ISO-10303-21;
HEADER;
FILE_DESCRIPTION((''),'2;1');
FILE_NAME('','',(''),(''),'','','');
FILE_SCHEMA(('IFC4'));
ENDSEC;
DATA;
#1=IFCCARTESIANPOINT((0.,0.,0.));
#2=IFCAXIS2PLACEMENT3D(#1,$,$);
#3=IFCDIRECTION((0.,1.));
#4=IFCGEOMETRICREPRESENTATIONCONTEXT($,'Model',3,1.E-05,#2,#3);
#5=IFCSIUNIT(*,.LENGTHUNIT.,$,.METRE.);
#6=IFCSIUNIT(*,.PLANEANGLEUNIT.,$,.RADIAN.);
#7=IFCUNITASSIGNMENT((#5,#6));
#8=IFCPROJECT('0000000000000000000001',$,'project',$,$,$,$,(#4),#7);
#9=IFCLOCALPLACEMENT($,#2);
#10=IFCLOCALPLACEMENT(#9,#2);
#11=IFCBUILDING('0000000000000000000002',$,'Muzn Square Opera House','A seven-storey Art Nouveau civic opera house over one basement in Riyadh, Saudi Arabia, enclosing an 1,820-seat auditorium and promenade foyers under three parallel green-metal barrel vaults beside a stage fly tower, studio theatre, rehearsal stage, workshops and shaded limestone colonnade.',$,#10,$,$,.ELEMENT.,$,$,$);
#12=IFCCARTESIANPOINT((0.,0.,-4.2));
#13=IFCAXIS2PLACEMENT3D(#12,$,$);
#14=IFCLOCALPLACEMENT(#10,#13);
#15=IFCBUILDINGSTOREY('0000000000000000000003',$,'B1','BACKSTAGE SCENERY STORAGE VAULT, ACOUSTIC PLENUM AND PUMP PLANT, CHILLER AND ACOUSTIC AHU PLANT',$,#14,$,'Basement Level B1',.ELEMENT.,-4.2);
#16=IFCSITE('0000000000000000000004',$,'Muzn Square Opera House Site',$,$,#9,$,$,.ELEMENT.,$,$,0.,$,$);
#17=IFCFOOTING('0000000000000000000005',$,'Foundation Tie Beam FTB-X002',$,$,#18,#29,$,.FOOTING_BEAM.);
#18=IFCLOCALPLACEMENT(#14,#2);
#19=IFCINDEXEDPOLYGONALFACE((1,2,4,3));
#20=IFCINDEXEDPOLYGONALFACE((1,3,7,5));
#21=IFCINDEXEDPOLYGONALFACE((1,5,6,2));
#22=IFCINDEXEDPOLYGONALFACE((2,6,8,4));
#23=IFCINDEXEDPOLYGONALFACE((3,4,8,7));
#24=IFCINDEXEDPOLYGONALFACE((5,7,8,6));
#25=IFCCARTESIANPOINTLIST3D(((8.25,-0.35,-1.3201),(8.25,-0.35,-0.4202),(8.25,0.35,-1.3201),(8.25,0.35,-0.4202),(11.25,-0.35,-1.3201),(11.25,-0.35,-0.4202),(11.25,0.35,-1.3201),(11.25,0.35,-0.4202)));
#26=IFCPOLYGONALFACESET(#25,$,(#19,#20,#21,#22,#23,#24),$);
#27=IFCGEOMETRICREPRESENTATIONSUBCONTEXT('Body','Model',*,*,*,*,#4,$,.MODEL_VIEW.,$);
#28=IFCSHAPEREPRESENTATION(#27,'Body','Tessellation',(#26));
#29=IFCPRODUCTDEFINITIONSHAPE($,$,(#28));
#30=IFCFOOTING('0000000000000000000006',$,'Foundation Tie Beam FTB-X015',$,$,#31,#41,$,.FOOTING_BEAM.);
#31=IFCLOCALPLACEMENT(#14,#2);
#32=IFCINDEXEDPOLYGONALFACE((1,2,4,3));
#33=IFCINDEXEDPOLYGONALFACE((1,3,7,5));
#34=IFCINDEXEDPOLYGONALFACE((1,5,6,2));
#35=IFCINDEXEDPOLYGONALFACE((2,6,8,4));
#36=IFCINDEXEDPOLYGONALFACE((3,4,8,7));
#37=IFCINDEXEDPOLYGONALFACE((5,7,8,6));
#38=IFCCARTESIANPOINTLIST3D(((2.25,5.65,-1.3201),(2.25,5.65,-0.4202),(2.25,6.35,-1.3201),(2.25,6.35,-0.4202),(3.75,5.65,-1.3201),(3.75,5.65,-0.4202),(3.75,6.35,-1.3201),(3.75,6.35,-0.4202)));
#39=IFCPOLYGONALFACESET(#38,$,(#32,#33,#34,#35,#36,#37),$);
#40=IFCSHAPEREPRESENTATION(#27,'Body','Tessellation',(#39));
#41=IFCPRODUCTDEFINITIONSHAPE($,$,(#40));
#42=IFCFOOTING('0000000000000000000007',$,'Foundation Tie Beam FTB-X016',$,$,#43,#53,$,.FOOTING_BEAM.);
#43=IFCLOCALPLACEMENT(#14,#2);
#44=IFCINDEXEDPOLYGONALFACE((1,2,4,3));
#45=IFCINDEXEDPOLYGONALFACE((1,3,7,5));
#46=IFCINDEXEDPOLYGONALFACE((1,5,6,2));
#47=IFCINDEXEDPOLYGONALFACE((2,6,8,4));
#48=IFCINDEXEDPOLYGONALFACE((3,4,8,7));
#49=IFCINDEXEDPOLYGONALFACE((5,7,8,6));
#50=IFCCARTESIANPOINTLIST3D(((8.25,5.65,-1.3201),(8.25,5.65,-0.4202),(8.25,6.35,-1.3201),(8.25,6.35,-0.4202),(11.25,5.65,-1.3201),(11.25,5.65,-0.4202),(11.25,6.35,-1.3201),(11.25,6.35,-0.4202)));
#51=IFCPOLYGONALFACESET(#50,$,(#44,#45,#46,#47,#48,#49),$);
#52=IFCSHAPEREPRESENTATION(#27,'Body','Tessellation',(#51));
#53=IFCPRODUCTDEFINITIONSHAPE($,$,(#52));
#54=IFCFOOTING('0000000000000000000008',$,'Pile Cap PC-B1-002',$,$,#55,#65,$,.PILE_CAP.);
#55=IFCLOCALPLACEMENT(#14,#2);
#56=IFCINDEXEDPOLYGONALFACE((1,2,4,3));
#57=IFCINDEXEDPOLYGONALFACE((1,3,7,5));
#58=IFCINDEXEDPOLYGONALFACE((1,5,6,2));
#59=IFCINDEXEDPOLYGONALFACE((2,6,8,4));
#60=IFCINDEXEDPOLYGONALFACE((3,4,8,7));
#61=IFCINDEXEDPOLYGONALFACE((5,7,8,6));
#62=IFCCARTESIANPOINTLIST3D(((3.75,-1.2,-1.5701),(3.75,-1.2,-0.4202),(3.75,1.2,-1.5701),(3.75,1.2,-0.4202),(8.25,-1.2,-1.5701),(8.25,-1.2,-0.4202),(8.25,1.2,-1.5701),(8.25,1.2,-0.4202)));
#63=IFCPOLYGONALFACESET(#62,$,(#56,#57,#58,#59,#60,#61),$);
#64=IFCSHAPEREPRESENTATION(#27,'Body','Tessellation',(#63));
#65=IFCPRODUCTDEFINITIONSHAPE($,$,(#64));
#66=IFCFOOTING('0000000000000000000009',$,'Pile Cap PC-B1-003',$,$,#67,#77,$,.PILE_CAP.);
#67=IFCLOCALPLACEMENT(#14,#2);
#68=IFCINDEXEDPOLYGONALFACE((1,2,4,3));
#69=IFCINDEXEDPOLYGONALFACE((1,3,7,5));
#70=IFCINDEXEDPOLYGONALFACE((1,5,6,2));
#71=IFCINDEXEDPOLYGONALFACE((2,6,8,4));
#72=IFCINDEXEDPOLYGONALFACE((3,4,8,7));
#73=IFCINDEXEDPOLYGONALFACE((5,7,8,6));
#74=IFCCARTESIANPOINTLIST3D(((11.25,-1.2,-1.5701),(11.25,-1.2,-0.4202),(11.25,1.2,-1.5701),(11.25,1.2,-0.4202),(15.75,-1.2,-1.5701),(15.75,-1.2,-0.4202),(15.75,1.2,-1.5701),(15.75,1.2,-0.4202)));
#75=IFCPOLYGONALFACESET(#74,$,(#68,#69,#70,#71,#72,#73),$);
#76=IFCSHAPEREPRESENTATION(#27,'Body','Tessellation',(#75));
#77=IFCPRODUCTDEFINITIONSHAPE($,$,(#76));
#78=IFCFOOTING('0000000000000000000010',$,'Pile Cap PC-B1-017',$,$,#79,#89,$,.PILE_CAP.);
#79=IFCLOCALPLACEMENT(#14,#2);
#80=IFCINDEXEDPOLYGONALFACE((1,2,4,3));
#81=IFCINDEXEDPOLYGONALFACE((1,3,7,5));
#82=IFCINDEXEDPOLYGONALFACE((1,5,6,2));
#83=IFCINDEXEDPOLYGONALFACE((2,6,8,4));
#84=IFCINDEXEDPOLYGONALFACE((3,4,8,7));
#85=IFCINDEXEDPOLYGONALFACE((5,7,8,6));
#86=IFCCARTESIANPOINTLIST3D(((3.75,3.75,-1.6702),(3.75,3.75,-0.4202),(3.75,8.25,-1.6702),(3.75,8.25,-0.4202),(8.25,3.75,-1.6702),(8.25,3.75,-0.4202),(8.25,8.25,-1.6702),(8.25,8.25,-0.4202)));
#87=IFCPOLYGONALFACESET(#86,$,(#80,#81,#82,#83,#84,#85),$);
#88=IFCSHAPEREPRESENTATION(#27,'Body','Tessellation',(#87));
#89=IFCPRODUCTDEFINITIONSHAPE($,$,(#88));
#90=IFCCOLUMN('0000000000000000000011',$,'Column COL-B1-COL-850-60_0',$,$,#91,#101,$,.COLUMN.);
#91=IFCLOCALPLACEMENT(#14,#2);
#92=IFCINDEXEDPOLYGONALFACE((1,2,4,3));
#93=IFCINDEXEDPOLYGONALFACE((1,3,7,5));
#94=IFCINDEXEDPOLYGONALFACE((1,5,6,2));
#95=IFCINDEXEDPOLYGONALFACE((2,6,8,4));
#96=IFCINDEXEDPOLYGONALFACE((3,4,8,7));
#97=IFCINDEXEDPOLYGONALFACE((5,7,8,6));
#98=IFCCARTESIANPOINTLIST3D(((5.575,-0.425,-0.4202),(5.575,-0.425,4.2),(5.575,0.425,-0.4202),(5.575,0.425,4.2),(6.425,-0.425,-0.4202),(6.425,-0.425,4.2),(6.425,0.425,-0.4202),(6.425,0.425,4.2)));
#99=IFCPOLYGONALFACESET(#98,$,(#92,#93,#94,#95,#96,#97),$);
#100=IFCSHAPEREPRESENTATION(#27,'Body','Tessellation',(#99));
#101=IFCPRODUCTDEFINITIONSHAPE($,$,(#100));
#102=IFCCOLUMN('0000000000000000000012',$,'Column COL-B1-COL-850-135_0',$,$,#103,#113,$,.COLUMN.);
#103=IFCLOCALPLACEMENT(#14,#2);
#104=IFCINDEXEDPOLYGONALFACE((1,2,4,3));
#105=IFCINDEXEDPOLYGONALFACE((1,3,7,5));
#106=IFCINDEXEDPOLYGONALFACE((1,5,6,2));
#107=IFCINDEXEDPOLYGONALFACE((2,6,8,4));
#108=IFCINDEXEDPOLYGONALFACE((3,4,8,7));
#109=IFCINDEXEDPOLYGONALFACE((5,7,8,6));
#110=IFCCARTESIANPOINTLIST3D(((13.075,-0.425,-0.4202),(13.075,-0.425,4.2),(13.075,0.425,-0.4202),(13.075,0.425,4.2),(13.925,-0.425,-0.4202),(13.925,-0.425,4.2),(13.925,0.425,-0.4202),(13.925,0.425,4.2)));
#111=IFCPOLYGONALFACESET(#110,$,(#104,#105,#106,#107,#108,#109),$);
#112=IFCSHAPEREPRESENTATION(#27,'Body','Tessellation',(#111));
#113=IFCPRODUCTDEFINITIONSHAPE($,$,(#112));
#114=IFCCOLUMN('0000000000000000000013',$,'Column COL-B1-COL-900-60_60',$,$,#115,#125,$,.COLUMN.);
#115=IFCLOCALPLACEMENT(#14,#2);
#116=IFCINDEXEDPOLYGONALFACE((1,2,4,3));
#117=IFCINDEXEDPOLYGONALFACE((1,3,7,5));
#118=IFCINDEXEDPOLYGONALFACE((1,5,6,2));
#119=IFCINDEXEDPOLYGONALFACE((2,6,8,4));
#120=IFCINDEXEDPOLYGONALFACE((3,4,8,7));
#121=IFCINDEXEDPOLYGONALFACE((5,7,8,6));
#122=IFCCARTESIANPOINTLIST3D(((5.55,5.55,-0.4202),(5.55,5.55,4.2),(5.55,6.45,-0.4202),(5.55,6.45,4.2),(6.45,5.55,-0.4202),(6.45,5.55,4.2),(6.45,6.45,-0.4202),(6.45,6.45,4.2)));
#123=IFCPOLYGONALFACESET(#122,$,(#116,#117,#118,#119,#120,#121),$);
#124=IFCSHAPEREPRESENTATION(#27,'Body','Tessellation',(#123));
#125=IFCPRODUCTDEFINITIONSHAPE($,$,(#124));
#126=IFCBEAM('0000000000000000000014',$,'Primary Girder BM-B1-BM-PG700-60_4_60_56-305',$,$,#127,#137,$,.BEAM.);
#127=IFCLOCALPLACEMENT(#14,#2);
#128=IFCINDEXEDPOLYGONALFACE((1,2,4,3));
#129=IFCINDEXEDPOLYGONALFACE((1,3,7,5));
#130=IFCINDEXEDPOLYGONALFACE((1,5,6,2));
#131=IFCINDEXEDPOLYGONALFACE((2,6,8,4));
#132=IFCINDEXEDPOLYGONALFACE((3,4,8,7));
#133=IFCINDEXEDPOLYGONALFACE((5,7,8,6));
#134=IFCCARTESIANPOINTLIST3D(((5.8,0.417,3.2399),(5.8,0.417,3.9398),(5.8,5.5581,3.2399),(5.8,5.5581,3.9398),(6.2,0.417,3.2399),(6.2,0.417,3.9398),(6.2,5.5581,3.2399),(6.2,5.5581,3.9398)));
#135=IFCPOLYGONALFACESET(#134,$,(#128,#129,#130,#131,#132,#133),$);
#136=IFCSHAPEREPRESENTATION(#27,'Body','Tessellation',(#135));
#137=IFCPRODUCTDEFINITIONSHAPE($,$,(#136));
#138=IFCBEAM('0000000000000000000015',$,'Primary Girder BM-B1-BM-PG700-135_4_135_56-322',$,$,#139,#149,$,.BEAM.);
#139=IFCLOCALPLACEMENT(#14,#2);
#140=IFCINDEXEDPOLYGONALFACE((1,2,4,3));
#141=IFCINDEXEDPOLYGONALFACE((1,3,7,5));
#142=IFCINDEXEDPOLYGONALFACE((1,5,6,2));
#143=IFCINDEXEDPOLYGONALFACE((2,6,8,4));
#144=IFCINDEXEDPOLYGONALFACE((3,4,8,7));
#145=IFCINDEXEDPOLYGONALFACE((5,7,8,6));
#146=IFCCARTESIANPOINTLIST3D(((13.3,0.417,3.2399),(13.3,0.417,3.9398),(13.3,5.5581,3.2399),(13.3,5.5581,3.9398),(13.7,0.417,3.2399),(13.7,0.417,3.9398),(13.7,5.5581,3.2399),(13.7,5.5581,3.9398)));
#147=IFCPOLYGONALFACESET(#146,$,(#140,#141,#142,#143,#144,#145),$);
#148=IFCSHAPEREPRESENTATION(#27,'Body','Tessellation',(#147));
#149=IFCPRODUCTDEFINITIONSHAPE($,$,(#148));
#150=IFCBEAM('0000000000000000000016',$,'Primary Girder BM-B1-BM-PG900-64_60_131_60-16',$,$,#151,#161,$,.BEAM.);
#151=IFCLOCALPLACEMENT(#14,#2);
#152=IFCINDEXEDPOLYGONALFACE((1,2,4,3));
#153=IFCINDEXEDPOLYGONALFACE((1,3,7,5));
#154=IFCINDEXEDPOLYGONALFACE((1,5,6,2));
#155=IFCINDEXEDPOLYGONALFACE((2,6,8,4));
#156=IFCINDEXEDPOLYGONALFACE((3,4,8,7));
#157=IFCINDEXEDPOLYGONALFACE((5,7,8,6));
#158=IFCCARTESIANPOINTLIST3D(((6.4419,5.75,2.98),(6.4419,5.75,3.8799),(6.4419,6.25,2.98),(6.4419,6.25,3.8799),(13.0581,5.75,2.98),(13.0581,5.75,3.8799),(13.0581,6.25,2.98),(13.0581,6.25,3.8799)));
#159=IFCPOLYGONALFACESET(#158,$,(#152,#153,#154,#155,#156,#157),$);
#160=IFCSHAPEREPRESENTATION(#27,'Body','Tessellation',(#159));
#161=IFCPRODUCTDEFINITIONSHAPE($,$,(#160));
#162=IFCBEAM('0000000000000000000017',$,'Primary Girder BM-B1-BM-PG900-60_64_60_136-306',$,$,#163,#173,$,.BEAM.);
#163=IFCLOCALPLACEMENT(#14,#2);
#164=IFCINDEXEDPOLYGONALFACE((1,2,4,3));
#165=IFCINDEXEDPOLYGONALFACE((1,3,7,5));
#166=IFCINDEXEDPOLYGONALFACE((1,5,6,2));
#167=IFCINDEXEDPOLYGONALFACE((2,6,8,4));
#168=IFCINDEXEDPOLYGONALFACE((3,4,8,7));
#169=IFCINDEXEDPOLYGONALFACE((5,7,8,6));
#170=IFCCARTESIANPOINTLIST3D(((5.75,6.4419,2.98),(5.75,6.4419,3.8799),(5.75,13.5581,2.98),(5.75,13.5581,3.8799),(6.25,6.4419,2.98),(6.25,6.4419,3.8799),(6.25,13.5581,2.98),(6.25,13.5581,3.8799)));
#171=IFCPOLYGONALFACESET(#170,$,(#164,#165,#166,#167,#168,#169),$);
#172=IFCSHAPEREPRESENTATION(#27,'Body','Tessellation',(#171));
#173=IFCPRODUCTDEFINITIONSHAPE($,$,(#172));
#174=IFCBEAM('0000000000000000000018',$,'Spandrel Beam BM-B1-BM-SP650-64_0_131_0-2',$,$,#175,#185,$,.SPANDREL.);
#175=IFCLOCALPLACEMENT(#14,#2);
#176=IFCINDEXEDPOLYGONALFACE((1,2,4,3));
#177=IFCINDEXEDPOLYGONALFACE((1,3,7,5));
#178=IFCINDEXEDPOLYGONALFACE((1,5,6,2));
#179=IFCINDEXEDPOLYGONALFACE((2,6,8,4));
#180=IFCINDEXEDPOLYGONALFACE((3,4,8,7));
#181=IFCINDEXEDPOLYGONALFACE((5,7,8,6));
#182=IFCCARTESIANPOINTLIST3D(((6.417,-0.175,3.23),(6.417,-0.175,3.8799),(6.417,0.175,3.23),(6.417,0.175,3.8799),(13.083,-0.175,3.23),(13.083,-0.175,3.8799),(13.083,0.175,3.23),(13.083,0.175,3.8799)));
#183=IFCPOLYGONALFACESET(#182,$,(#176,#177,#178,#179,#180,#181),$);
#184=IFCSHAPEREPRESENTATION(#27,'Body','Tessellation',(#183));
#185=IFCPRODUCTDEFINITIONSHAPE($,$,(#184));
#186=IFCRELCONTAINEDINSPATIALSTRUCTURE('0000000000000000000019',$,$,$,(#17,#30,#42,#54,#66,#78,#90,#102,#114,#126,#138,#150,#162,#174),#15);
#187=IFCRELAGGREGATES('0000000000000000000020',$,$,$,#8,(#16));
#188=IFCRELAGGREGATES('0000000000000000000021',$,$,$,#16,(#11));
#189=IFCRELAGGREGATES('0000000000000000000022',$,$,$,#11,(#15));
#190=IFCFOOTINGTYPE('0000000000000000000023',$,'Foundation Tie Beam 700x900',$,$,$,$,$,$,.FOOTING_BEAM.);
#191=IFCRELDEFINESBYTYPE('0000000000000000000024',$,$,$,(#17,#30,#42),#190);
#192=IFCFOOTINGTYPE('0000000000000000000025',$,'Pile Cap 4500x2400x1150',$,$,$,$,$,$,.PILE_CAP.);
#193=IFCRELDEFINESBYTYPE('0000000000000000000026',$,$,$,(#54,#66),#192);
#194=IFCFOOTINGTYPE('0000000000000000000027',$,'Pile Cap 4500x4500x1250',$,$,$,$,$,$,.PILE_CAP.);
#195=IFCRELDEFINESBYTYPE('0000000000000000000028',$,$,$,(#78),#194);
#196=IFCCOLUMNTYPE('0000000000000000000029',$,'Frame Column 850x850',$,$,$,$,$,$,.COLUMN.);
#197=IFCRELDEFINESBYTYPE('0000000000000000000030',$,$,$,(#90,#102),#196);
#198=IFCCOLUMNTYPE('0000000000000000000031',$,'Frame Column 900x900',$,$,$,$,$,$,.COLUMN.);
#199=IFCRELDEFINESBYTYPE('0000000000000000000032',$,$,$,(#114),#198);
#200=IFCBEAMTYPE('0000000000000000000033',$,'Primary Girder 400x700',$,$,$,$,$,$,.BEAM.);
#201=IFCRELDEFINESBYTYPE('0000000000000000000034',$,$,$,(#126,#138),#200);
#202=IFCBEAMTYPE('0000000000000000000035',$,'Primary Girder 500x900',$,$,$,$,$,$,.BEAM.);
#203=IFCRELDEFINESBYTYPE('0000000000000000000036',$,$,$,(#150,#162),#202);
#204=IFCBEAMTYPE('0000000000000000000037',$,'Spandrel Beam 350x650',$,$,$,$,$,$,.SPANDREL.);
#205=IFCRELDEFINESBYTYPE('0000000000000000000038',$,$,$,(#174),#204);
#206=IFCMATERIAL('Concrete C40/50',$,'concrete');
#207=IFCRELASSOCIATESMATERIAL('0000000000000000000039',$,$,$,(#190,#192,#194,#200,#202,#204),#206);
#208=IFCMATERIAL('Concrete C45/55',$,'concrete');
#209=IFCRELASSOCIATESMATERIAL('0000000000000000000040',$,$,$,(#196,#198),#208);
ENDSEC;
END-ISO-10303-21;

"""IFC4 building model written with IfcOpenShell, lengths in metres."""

from ifc_helpers import new_model, si_unit, direction, frame, origin, origin_2d, place, context, subcontext, project, spatial, rectangle, extrude, material, material_profile, profile_set, type_object, element, save


model = new_model("IFC4")

# Units and contexts
model_context = context("Model", 3, precision=1e-05, world=origin(), true_north=direction((0.0, 1.0)))
body_context = subcontext(model_context, "Body", "Model", "MODEL_VIEW")
ifc_project = project(units=[si_unit("LENGTHUNIT", "METRE"), si_unit("PLANEANGLEUNIT", "RADIAN")], contexts=[model_context])

# Site, building, storey
site_placement = place(None, origin())
site = spatial("IfcSite", under=ifc_project, at=site_placement, Name="Muzn Square Opera House Site", CompositionType="ELEMENT", RefElevation=0.0)
building_placement = place(site_placement, origin())
building = spatial("IfcBuilding", under=site, at=building_placement, Name="Muzn Square Opera House", Description="A seven-storey Art Nouveau civic opera house over one basement in Riyadh, Saudi Arabia, enclosing an 1,820-seat auditorium and promenade foyers under three parallel green-metal barrel vaults beside a stage fly tower, studio theatre, rehearsal stage, workshops and shaded limestone colonnade.", CompositionType="ELEMENT")
storey_placement = place(building_placement, frame((0.0, 0.0, -4.2)))
storey = spatial("IfcBuildingStorey", under=building, at=storey_placement, Name="B1", Description="BACKSTAGE SCENERY STORAGE VAULT, ACOUSTIC PLENUM AND PUMP PLANT, CHILLER AND ACOUSTIC AHU PLANT", LongName="Basement Level B1", CompositionType="ELEMENT", Elevation=-4.2)

# Shared definitions
ifc_material_1 = material(Name="Concrete C40/50", Category="concrete")

# Footings
ifc_material_profile_1 = material_profile(ifc_material_1, rectangle(XDim=0.7, YDim=0.8999, at=origin_2d()), Name="RCTB 700x900", Category="concrete")
ifc_profile_set_1 = profile_set([ifc_material_profile_1], Name="Concrete C40/50")
footing_type_1 = type_object("IfcFootingType", Name="Foundation Tie Beam 700x900", PredefinedType="FOOTING_BEAM", material=ifc_profile_set_1)
footing_1_placement = place(storey_placement, frame((8.25, 0.0, -0.8701), z_axis=(1.0, 0.0, 0.0), x_axis=(0.0, 1.0, 0.0)))
element("IfcFooting", 1, at=footing_1_placement, inside=storey, type_object=footing_type_1, Name="Foundation Tie Beam FTB-X002", PredefinedType="FOOTING_BEAM", context=body_context, shape_type="SweptSolid", body=[
    extrude(rectangle(XDim=0.7, YDim=0.8999, at=origin_2d()), origin(), (0.0, 0.0, 1.0), 3.0),
])
footing_2_placement = place(storey_placement, frame((2.25, 6.0, -0.8701), z_axis=(1.0, 0.0, 0.0), x_axis=(0.0, 1.0, 0.0)))
element("IfcFooting", 2, at=footing_2_placement, inside=storey, type_object=footing_type_1, Name="Foundation Tie Beam FTB-X015", PredefinedType="FOOTING_BEAM", context=body_context, shape_type="SweptSolid", body=[
    extrude(rectangle(XDim=0.7, YDim=0.8999, at=origin_2d()), origin(), (0.0, 0.0, 1.0), 1.5),
])
footing_3_placement = place(storey_placement, frame((8.25, 6.0, -0.8701), z_axis=(1.0, 0.0, 0.0), x_axis=(0.0, 1.0, 0.0)))
element("IfcFooting", 3, at=footing_3_placement, inside=storey, type_object=footing_type_1, Name="Foundation Tie Beam FTB-X016", PredefinedType="FOOTING_BEAM", context=body_context, shape_type="SweptSolid", body=[
    extrude(rectangle(XDim=0.7, YDim=0.8999, at=origin_2d()), origin(), (0.0, 0.0, 1.0), 3.0),
])
footing_type_2 = type_object("IfcFootingType", Name="Pile Cap 4500x2400x1150", PredefinedType="PILE_CAP", material=ifc_material_1)
for number, where, z_axis, x_axis, name in (
    (4, (6.0, 0.0, -1.5701), (0.0, 0.0, 1.0), (1.0, 0.0, 0.0), "Pile Cap PC-B1-002"),
    (5, (13.5, 0.0, -1.5701), (0.0, 0.0, 1.0), (1.0, 0.0, 0.0), "Pile Cap PC-B1-003"),
):
    element("IfcFooting", number, at=place(storey_placement, frame(where, z_axis=z_axis, x_axis=x_axis)), inside=storey, type_object=footing_type_2, Name=name, PredefinedType="PILE_CAP", context=body_context, shape_type="SweptSolid", body=[
        extrude(rectangle(XDim=4.5, YDim=2.3999, at=origin_2d()), origin(), (0.0, 0.0, 1.0), 1.1499),
    ])
footing_type_3 = type_object("IfcFootingType", Name="Pile Cap 4500x4500x1250", PredefinedType="PILE_CAP", material=ifc_material_1)
footing_4_placement = place(storey_placement, frame((6.0, 6.0, -1.6702), z_axis=(0.0, 0.0, 1.0), x_axis=(1.0, 0.0, 0.0)))
element("IfcFooting", 6, at=footing_4_placement, inside=storey, type_object=footing_type_3, Name="Pile Cap PC-B1-017", PredefinedType="PILE_CAP", context=body_context, shape_type="SweptSolid", body=[
    extrude(rectangle(XDim=4.5, YDim=4.5, at=origin_2d()), origin(), (0.0, 0.0, 1.0), 1.25),
])

# Columns
ifc_material_2 = material(Name="Concrete C45/55", Category="concrete")
ifc_material_profile_2 = material_profile(ifc_material_2, rectangle(XDim=0.8501, YDim=0.8501, at=origin_2d()), Name="RC 850x850", Category="concrete")
ifc_profile_set_2 = profile_set([ifc_material_profile_2], Name="Concrete C45/55")
column_type_1 = type_object("IfcColumnType", Name="Frame Column 850x850", PredefinedType="COLUMN", material=ifc_profile_set_2)
for number, where, z_axis, x_axis, name in (
    (7, (6.0, 0.0, -0.4202), (0.0, 0.0, 1.0), (1.0, 0.0, 0.0), "Column COL-B1-COL-850-60_0"),
    (8, (13.5, 0.0, -0.4202), (0.0, 0.0, 1.0), (1.0, 0.0, 0.0), "Column COL-B1-COL-850-135_0"),
):
    element("IfcColumn", number, at=place(storey_placement, frame(where, z_axis=z_axis, x_axis=x_axis)), inside=storey, type_object=column_type_1, Name=name, PredefinedType="COLUMN", context=body_context, shape_type="SweptSolid", body=[
        extrude(rectangle(XDim=0.8501, YDim=0.8501, at=origin_2d()), origin(), (0.0, 0.0, 1.0), 4.6201),
    ])
ifc_material_profile_3 = material_profile(ifc_material_2, rectangle(XDim=0.8999, YDim=0.8999, at=origin_2d()), Name="RC 900x900", Category="concrete")
ifc_profile_set_3 = profile_set([ifc_material_profile_3], Name="Concrete C45/55")
column_type_2 = type_object("IfcColumnType", Name="Frame Column 900x900", PredefinedType="COLUMN", material=ifc_profile_set_3)
column_placement = place(storey_placement, frame((6.0, 6.0, -0.4202), z_axis=(0.0, 0.0, 1.0), x_axis=(1.0, 0.0, 0.0)))
element("IfcColumn", 9, at=column_placement, inside=storey, type_object=column_type_2, Name="Column COL-B1-COL-900-60_60", PredefinedType="COLUMN", context=body_context, shape_type="SweptSolid", body=[
    extrude(rectangle(XDim=0.8999, YDim=0.8999, at=origin_2d()), origin(), (0.0, 0.0, 1.0), 4.6201),
])

# Beams
ifc_material_profile_4 = material_profile(ifc_material_1, rectangle(XDim=0.3999, YDim=0.7, at=origin_2d()), Name="RCB 400x700", Category="concrete")
ifc_profile_set_4 = profile_set([ifc_material_profile_4], Name="Concrete C40/50")
beam_type_1 = type_object("IfcBeamType", Name="Primary Girder 400x700", PredefinedType="BEAM", material=ifc_profile_set_4)
for number, where, z_axis, x_axis, name in (
    (10, (6.0, 0.417, 3.5898), (0.0, 1.0, 0.0), (-1.0, 0.0, 0.0), "Primary Girder BM-B1-BM-PG700-60_4_60_56-305"),
    (11, (13.5, 0.417, 3.5898), (0.0, 1.0, 0.0), (-1.0, 0.0, 0.0), "Primary Girder BM-B1-BM-PG700-135_4_135_56-322"),
):
    element("IfcBeam", number, at=place(storey_placement, frame(where, z_axis=z_axis, x_axis=x_axis)), inside=storey, type_object=beam_type_1, Name=name, PredefinedType="BEAM", context=body_context, shape_type="SweptSolid", body=[
        extrude(rectangle(XDim=0.3999, YDim=0.7, at=origin_2d()), origin(), (0.0, 0.0, 1.0), 5.1411),
    ])
ifc_material_profile_5 = material_profile(ifc_material_1, rectangle(XDim=0.5, YDim=0.8999, at=origin_2d()), Name="RCB 500x900", Category="concrete")
ifc_profile_set_5 = profile_set([ifc_material_profile_5], Name="Concrete C40/50")
beam_type_2 = type_object("IfcBeamType", Name="Primary Girder 500x900", PredefinedType="BEAM", material=ifc_profile_set_5)
beam_1_placement = place(storey_placement, frame((6.4419, 6.0, 3.4299), z_axis=(1.0, 0.0, 0.0), x_axis=(0.0, 1.0, 0.0)))
element("IfcBeam", 12, at=beam_1_placement, inside=storey, type_object=beam_type_2, Name="Primary Girder BM-B1-BM-PG900-64_60_131_60-16", PredefinedType="BEAM", context=body_context, shape_type="SweptSolid", body=[
    extrude(rectangle(XDim=0.5, YDim=0.8999, at=origin_2d()), origin(), (0.0, 0.0, 1.0), 6.6162),
])
beam_2_placement = place(storey_placement, frame((6.0, 6.4419, 3.4299), z_axis=(0.0, 1.0, 0.0), x_axis=(-1.0, 0.0, 0.0)))
element("IfcBeam", 13, at=beam_2_placement, inside=storey, type_object=beam_type_2, Name="Primary Girder BM-B1-BM-PG900-60_64_60_136-306", PredefinedType="BEAM", context=body_context, shape_type="SweptSolid", body=[
    extrude(rectangle(XDim=0.5, YDim=0.8999, at=origin_2d()), origin(), (0.0, 0.0, 1.0), 7.1162),
])
ifc_material_profile_6 = material_profile(ifc_material_1, rectangle(XDim=0.3501, YDim=0.6499, at=origin_2d()), Name="RCS 350x650", Category="concrete")
ifc_profile_set_6 = profile_set([ifc_material_profile_6], Name="Concrete C40/50")
beam_type_3 = type_object("IfcBeamType", Name="Spandrel Beam 350x650", PredefinedType="SPANDREL", material=ifc_profile_set_6)
beam_3_placement = place(storey_placement, frame((6.417, 0.0, 3.5549), z_axis=(1.0, 0.0, 0.0), x_axis=(0.0, 1.0, 0.0)))
element("IfcBeam", 14, at=beam_3_placement, inside=storey, type_object=beam_type_3, Name="Spandrel Beam BM-B1-BM-SP650-64_0_131_0-2", PredefinedType="SPANDREL", context=body_context, shape_type="SweptSolid", body=[
    extrude(rectangle(XDim=0.3501, YDim=0.6499, at=origin_2d()), origin(), (0.0, 0.0, 1.0), 6.666),
])

save(model, "model.ifc")
